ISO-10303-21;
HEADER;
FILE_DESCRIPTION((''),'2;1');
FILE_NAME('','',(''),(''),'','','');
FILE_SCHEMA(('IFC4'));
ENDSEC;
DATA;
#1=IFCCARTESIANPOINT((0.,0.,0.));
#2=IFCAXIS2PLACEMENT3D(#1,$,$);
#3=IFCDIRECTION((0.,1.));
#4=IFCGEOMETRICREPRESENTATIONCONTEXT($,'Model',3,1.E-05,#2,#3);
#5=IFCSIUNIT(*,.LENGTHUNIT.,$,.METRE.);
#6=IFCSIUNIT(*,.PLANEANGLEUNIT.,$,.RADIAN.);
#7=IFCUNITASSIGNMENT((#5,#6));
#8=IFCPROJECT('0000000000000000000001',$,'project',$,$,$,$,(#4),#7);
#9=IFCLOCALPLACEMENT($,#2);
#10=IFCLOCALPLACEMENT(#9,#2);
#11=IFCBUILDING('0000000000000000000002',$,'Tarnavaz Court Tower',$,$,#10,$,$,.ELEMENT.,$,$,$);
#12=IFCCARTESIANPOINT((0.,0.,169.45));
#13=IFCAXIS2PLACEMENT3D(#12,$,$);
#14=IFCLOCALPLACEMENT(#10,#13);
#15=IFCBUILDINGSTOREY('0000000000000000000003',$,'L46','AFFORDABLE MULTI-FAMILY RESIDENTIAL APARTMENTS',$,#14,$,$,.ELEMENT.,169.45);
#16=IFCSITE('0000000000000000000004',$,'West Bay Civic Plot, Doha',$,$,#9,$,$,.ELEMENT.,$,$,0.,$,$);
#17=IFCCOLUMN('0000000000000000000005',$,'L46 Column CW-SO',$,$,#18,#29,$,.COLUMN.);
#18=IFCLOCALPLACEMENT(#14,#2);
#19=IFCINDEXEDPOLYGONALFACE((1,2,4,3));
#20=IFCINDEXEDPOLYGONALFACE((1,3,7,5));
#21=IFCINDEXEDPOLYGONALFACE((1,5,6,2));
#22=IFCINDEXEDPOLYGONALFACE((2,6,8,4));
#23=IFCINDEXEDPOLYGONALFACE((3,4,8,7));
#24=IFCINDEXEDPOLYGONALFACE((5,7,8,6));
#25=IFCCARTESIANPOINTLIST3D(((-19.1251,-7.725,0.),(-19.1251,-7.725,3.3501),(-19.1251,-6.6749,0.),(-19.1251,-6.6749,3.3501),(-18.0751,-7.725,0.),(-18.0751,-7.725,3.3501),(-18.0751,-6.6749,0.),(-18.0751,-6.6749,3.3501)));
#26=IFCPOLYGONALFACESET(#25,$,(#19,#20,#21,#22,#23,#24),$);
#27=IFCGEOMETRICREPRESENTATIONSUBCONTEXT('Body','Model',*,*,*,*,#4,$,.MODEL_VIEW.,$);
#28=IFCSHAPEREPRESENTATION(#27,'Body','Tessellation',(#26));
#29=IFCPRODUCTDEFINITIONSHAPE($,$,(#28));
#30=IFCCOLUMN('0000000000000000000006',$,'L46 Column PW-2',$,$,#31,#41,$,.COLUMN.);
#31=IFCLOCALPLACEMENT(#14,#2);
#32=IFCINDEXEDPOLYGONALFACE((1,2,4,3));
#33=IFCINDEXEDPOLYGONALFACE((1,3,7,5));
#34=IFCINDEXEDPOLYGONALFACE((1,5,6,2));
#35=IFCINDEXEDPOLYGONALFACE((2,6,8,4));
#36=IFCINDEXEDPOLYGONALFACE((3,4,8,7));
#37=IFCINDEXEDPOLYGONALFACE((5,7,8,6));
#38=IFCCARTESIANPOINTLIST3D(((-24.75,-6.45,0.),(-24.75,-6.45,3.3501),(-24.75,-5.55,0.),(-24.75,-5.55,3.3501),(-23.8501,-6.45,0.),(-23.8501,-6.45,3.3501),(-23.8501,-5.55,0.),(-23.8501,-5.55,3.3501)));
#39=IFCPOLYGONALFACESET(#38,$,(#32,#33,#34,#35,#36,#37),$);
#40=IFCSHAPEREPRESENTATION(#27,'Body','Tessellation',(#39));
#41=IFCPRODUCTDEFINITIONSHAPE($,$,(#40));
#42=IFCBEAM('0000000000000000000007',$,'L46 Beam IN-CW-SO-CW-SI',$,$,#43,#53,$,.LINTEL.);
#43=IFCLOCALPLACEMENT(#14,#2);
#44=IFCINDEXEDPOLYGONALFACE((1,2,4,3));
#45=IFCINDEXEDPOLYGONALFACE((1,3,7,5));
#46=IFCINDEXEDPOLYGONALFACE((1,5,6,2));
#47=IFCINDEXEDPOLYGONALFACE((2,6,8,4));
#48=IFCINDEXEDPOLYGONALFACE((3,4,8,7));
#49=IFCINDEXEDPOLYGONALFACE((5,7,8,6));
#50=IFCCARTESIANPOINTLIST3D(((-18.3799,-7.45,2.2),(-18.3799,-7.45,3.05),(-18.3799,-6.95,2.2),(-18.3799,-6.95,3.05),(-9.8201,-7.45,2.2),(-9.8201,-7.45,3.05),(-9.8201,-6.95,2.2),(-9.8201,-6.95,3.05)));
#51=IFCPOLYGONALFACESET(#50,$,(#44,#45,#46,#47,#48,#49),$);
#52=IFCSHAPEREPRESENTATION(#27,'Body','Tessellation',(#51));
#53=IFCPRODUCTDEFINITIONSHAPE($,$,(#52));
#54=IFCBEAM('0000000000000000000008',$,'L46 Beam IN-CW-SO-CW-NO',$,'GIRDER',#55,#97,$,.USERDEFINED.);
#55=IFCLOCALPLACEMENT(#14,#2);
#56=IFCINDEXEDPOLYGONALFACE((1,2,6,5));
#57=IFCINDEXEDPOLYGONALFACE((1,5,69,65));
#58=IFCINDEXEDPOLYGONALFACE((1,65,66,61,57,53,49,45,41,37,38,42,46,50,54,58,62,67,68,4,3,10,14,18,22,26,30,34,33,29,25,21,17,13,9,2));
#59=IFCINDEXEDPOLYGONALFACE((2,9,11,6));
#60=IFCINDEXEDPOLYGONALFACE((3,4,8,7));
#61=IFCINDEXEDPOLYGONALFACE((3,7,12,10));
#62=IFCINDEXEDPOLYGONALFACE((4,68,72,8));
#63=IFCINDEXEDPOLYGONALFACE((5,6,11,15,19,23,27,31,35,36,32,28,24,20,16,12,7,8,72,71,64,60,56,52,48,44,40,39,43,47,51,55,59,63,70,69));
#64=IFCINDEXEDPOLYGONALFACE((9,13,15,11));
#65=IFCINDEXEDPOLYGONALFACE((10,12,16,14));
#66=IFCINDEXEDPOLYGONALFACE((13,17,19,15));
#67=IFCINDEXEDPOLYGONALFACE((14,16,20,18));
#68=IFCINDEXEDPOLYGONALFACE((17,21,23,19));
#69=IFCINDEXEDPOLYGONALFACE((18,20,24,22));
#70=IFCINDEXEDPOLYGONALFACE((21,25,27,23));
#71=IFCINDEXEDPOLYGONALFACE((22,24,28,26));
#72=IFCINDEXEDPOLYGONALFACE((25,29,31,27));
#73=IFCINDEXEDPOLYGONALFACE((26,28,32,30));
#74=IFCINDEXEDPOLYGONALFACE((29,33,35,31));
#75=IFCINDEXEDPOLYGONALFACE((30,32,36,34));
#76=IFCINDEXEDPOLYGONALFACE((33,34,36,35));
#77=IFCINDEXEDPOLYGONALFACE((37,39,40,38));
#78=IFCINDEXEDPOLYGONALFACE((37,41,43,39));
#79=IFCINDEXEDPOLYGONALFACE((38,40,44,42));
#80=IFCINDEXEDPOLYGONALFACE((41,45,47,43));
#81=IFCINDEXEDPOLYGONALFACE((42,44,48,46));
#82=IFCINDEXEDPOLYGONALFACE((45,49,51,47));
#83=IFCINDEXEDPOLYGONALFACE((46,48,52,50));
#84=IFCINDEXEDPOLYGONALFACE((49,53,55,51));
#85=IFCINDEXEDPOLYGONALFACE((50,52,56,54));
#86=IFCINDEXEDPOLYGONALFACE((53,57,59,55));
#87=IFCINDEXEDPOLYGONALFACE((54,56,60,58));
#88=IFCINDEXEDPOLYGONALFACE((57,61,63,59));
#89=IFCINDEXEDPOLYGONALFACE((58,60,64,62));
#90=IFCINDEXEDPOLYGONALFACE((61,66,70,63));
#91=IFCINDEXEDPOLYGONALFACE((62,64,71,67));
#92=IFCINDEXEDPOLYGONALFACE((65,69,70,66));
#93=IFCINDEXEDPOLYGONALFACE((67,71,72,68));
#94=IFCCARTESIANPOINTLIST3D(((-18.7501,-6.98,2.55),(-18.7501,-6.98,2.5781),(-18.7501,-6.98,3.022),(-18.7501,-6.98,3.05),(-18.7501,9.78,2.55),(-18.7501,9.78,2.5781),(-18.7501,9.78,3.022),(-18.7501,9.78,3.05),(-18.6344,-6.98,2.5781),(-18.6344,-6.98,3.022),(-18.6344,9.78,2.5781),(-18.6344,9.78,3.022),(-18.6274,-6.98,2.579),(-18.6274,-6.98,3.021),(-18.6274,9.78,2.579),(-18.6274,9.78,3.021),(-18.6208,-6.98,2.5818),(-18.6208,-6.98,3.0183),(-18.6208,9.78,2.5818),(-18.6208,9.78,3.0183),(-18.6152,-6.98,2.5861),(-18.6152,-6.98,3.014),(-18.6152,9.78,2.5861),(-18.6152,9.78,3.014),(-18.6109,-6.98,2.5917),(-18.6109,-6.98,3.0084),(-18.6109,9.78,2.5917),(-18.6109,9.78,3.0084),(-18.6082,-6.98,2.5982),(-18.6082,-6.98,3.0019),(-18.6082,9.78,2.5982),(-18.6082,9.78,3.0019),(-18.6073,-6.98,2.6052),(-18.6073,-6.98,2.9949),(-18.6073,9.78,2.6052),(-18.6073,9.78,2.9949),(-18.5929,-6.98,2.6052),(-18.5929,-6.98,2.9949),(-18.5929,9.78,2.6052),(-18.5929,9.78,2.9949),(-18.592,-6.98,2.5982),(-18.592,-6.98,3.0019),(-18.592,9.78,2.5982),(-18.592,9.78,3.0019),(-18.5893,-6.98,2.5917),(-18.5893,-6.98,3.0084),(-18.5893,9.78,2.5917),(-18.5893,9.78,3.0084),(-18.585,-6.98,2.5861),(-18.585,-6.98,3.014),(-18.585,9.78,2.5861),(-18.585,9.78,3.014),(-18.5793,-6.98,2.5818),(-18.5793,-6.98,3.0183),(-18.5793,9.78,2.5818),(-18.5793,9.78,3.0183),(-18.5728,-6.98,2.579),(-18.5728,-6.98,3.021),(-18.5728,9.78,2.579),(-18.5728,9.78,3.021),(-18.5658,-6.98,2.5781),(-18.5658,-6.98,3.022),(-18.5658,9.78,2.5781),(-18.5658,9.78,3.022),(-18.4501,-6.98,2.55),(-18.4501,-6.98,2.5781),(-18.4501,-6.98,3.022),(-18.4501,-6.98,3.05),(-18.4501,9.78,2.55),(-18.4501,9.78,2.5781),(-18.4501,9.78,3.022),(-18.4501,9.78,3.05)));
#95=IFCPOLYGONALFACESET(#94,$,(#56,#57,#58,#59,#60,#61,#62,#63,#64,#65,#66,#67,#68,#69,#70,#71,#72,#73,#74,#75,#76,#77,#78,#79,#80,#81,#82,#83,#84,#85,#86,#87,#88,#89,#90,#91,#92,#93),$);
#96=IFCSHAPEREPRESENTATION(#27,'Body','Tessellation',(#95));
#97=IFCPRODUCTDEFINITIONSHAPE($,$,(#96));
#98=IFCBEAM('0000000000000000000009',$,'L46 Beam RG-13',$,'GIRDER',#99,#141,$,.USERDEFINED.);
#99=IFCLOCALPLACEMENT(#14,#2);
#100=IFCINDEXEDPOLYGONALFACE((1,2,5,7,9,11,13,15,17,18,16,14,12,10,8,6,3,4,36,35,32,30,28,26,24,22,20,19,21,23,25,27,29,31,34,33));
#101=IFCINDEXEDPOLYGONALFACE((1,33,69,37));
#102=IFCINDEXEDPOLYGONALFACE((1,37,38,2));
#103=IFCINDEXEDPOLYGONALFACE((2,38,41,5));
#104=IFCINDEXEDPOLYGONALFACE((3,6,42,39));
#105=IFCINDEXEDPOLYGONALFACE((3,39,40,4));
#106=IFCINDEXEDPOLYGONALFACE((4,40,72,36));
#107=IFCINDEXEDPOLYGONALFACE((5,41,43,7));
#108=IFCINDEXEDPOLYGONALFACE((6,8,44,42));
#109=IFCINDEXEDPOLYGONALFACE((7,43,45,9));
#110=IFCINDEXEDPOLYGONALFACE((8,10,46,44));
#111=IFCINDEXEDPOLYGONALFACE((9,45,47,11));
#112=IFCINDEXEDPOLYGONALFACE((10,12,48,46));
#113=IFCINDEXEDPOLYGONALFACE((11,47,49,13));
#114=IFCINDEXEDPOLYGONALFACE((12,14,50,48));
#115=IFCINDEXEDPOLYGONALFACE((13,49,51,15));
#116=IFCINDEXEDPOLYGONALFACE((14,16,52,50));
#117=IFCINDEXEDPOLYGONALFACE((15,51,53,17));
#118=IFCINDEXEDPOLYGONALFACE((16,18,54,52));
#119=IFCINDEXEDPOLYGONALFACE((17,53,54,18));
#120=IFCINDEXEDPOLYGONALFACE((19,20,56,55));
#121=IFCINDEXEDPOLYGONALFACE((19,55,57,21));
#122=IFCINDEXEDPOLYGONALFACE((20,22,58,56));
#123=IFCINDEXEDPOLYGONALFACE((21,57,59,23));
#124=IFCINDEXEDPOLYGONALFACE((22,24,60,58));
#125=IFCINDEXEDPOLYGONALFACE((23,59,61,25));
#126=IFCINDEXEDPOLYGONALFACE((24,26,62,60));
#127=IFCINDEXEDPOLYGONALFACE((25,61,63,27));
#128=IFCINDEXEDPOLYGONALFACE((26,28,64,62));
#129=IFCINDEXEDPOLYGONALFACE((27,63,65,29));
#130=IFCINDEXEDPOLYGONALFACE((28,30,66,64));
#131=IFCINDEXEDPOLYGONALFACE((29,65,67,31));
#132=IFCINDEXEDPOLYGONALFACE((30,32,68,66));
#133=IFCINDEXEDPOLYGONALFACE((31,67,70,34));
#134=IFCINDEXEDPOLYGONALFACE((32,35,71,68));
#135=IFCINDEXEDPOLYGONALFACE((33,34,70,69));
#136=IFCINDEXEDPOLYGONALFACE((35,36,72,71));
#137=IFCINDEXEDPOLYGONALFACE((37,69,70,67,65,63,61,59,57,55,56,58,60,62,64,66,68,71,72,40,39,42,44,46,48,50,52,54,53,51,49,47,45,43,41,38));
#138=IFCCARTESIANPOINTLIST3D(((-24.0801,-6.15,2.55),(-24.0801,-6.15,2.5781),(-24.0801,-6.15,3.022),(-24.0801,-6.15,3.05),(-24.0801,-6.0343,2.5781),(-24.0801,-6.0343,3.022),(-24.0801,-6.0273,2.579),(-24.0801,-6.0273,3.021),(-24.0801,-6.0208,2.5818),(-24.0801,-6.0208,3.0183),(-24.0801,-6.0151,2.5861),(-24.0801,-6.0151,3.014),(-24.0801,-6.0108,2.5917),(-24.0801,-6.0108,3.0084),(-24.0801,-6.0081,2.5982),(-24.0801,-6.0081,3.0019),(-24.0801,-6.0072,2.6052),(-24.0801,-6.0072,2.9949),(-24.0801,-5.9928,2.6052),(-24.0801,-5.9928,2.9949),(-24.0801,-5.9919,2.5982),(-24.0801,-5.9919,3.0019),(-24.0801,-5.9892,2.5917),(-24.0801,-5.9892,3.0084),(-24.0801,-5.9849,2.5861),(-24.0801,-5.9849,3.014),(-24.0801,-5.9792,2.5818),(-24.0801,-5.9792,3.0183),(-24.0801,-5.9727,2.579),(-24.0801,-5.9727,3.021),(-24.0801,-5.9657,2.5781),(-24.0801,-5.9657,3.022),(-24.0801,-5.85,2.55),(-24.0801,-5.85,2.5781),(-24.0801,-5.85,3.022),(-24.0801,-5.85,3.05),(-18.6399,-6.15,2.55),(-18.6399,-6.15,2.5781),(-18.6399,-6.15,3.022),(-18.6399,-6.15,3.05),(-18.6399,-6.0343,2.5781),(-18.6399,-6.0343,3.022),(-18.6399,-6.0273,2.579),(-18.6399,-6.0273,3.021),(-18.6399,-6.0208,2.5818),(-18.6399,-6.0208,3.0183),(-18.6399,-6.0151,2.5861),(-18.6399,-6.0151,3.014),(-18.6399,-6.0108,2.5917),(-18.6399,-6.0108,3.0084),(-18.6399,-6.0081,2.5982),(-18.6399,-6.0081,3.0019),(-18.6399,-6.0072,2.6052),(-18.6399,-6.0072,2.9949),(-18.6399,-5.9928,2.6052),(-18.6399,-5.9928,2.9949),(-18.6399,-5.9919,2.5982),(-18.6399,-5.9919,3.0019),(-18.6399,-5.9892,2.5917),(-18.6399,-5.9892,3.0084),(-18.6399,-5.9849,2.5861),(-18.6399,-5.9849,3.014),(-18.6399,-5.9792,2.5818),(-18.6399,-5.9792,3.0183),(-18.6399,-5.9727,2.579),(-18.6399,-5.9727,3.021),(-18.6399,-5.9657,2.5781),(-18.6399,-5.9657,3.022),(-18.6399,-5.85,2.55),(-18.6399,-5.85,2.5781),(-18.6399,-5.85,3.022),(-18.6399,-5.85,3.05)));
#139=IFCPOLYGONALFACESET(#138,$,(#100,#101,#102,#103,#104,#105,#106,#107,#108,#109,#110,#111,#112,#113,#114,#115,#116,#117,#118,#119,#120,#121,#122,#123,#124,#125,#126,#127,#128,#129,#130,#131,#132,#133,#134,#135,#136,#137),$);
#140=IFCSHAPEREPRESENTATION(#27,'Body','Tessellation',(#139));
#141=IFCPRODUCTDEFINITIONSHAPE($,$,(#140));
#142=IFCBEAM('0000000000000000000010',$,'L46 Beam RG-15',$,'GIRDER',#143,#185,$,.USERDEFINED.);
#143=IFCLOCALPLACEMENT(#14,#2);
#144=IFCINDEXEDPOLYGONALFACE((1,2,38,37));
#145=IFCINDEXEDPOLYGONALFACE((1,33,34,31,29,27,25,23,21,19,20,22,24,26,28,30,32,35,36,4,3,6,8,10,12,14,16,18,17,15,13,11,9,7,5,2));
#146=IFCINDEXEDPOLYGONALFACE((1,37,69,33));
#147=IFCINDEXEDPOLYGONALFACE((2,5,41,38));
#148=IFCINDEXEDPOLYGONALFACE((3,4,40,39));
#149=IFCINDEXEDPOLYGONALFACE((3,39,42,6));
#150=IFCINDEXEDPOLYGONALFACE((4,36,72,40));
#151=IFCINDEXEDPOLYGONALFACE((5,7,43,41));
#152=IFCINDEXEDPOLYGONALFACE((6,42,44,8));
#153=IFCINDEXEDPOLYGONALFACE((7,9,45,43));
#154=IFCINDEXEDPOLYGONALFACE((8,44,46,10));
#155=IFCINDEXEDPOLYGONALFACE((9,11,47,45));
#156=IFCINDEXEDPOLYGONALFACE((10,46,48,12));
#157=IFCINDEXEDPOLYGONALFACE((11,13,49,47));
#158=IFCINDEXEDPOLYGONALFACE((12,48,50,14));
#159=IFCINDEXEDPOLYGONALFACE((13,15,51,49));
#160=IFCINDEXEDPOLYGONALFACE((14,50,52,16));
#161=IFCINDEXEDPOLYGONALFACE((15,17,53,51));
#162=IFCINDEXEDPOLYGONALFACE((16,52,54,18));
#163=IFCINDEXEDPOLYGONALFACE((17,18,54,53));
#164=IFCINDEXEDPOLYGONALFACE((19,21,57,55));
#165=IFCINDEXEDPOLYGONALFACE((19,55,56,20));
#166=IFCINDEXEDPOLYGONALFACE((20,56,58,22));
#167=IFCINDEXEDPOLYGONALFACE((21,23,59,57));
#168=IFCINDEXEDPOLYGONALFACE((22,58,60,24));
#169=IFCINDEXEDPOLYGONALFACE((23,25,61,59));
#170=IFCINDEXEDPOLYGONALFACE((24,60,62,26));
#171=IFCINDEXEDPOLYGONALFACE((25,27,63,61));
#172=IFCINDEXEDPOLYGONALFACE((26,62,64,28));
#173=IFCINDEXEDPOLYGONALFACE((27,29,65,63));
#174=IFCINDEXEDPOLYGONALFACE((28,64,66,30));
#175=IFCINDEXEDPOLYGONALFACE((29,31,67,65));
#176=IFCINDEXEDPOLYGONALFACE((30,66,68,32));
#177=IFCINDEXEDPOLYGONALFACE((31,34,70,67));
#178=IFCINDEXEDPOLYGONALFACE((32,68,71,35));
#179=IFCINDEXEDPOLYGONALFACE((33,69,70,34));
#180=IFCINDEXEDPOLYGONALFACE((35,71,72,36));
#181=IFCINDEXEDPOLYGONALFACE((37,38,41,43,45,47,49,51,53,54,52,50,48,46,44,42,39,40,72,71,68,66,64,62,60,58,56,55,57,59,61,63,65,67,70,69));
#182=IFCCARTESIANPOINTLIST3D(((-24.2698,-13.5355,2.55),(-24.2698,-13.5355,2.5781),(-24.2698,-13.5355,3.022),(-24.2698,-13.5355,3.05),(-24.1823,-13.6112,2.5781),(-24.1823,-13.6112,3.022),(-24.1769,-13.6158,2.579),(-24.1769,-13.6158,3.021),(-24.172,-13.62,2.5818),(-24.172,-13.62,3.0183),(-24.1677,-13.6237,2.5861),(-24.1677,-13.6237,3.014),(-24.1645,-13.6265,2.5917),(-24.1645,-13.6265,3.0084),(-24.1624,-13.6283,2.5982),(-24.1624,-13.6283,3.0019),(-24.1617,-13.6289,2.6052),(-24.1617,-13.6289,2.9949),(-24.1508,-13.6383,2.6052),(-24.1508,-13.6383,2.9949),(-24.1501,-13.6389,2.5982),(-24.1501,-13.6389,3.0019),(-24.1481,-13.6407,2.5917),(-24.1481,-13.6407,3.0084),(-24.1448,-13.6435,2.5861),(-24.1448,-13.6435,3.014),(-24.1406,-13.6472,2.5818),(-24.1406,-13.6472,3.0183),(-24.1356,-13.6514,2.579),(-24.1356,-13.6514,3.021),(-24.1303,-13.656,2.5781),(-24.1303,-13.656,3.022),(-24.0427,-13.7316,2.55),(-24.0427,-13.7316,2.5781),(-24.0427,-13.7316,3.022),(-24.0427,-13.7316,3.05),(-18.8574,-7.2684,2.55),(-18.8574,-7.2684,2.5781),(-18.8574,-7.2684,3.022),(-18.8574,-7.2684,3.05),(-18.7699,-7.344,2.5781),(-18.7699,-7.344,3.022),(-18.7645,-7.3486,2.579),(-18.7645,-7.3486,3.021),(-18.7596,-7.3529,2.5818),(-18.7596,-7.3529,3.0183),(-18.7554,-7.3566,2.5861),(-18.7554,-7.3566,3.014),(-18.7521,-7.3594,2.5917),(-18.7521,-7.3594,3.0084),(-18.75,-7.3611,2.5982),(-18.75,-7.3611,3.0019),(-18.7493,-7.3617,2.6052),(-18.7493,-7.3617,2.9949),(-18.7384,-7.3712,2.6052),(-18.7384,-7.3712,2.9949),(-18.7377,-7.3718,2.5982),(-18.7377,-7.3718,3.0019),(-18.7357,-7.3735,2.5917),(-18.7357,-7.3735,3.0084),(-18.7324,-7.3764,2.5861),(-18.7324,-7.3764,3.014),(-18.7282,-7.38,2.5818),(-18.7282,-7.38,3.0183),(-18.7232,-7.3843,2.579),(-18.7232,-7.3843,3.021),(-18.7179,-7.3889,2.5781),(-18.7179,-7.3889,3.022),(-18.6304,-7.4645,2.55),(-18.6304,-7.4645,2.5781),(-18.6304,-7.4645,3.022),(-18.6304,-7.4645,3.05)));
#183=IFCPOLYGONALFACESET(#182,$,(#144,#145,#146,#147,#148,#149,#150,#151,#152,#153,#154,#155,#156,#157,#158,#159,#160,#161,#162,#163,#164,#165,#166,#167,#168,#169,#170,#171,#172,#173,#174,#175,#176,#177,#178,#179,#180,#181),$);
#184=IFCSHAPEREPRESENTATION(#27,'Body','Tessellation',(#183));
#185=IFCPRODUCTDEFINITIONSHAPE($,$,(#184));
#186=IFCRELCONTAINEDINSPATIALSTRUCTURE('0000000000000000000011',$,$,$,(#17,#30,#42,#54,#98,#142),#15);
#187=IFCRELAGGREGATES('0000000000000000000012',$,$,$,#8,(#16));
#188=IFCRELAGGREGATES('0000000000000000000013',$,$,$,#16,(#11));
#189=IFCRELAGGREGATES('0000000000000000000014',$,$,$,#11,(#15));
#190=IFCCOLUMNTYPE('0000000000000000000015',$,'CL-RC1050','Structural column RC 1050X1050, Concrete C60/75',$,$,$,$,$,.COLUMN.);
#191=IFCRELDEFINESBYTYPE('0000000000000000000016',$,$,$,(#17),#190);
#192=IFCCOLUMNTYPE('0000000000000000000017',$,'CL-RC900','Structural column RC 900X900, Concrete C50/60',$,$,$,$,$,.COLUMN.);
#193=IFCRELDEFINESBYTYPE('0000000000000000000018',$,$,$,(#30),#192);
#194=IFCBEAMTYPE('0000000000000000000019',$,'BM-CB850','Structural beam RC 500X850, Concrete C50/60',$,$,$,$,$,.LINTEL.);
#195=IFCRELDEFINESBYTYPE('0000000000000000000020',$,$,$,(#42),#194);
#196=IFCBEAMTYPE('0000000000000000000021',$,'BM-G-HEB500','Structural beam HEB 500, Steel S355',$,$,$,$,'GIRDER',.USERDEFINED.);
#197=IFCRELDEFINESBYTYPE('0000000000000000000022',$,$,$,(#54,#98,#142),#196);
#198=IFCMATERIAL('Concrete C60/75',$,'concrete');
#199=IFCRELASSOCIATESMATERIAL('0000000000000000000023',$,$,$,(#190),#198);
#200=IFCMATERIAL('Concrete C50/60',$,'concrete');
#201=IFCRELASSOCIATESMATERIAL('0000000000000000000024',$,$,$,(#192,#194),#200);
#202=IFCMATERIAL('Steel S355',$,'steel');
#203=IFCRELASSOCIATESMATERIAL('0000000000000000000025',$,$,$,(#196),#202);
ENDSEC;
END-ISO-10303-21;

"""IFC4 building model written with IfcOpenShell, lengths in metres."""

from ifc_helpers import new_model, si_unit, direction, frame, origin, origin_2d, place, context, subcontext, project, spatial, rectangle, i_section, extrude, material, material_profile, profile_set, type_object, element, save


model = new_model("IFC4")

# Units and contexts
model_context = context("Model", 3, precision=1e-05, world=origin(), true_north=direction((0.0, 1.0)))
body_context = subcontext(model_context, "Body", "Model", "MODEL_VIEW")
ifc_project = project(units=[si_unit("LENGTHUNIT", "METRE"), si_unit("PLANEANGLEUNIT", "RADIAN")], contexts=[model_context])

# Site, building, storey
site_placement = place(None, origin())
site = spatial("IfcSite", under=ifc_project, at=site_placement, Name="West Bay Civic Plot, Doha", CompositionType="ELEMENT", RefElevation=0.0)
building_placement = place(site_placement, origin())
building = spatial("IfcBuilding", under=site, at=building_placement, Name="Tarnavaz Court Tower", CompositionType="ELEMENT")
storey_placement = place(building_placement, frame((0.0, 0.0, 169.45)))
storey = spatial("IfcBuildingStorey", under=building, at=storey_placement, Name="L46", Description="AFFORDABLE MULTI-FAMILY RESIDENTIAL APARTMENTS", CompositionType="ELEMENT", Elevation=169.45)

# Columns
ifc_material_1 = material(Name="Concrete C60/75", Category="concrete")
ifc_material_profile_1 = material_profile(ifc_material_1, rectangle(XDim=1.05, YDim=1.05, at=origin_2d()), Name="RC 1050X1050")
ifc_profile_set_1 = profile_set([ifc_material_profile_1], Name="Concrete C60/75")
column_type_1 = type_object("IfcColumnType", Name="CL-RC1050", Description="Structural column RC 1050X1050, Concrete C60/75", PredefinedType="COLUMN", material=ifc_profile_set_1)
column_1_placement = place(storey_placement, frame((-18.6001, -7.2, 0.0), z_axis=(0.0, 0.0, 1.0), x_axis=(1.0, 0.0, 0.0)))
element("IfcColumn", 1, at=column_1_placement, inside=storey, type_object=column_type_1, Name="L46 Column CW-SO", PredefinedType="COLUMN", context=body_context, shape_type="SweptSolid", body=[
    extrude(rectangle(XDim=1.05, YDim=1.05, at=origin_2d()), origin(), (0.0, 0.0, 1.0), 3.3501),
])
ifc_material_2 = material(Name="Concrete C50/60", Category="concrete")
ifc_material_profile_2 = material_profile(ifc_material_2, rectangle(XDim=0.8999, YDim=0.8999, at=origin_2d()), Name="RC 900X900")
ifc_profile_set_2 = profile_set([ifc_material_profile_2], Name="Concrete C50/60")
column_type_2 = type_object("IfcColumnType", Name="CL-RC900", Description="Structural column RC 900X900, Concrete C50/60", PredefinedType="COLUMN", material=ifc_profile_set_2)
column_2_placement = place(storey_placement, frame((-24.3, -6.0, 0.0), z_axis=(0.0, 0.0, 1.0), x_axis=(1.0, 0.0, 0.0)))
element("IfcColumn", 2, at=column_2_placement, inside=storey, type_object=column_type_2, Name="L46 Column PW-2", PredefinedType="COLUMN", context=body_context, shape_type="SweptSolid", body=[
    extrude(rectangle(XDim=0.8999, YDim=0.8999, at=origin_2d()), origin(), (0.0, 0.0, 1.0), 3.3501),
])

# Beams
ifc_material_profile_3 = material_profile(ifc_material_2, rectangle(XDim=0.5, YDim=0.8501, at=origin_2d()), Name="RC 500X850")
ifc_profile_set_3 = profile_set([ifc_material_profile_3], Name="Concrete C50/60")
beam_type_1 = type_object("IfcBeamType", Name="BM-CB850", Description="Structural beam RC 500X850, Concrete C50/60", PredefinedType="LINTEL", material=ifc_profile_set_3)
beam_1_placement = place(storey_placement, frame((-18.3799, -7.2, 2.625), z_axis=(1.0, 0.0, 0.0), x_axis=(0.0, 1.0, 0.0)))
element("IfcBeam", 3, at=beam_1_placement, inside=storey, type_object=beam_type_1, Name="L46 Beam IN-CW-SO-CW-SI", PredefinedType="LINTEL", context=body_context, shape_type="SweptSolid", body=[
    extrude(rectangle(XDim=0.5, YDim=0.8501, at=origin_2d()), origin(), (0.0, 0.0, 1.0), 8.5598),
])
ifc_material_3 = material(Name="Steel S355", Category="steel")
ifc_material_profile_4 = material_profile(ifc_material_3, i_section(OverallWidth=0.3, OverallDepth=0.5, WebThickness=0.0144, FlangeThickness=0.0281, FilletRadius=0.0271, at=origin_2d()), Name="HEB 500")
ifc_profile_set_4 = profile_set([ifc_material_profile_4], Name="Steel S355")
beam_type_2 = type_object("IfcBeamType", Name="BM-G-HEB500", Description="Structural beam HEB 500, Steel S355", ElementType="GIRDER", PredefinedType="USERDEFINED", material=ifc_profile_set_4)
beam_2_placement = place(storey_placement, frame((-18.6001, -6.98, 2.8), z_axis=(0.0, 1.0, 0.0), x_axis=(-1.0, 0.0, 0.0)))
element("IfcBeam", 4, at=beam_2_placement, inside=storey, type_object=beam_type_2, Name="L46 Beam IN-CW-SO-CW-NO", ObjectType="GIRDER", PredefinedType="USERDEFINED", context=body_context, shape_type="SweptSolid", body=[
    extrude(i_section(OverallWidth=0.3, OverallDepth=0.5, WebThickness=0.0144, FlangeThickness=0.0281, FilletRadius=0.0271, at=origin_2d()), origin(), (0.0, 0.0, 1.0), 16.76),
])
beam_3_placement = place(storey_placement, frame((-18.6399, -6.0, 2.8), z_axis=(-1.0, 0.0, 0.0), x_axis=(0.0, -1.0, 0.0)))
element("IfcBeam", 5, at=beam_3_placement, inside=storey, type_object=beam_type_2, Name="L46 Beam RG-13", ObjectType="GIRDER", PredefinedType="USERDEFINED", context=body_context, shape_type="SweptSolid", body=[
    extrude(i_section(OverallWidth=0.3, OverallDepth=0.5, WebThickness=0.0144, FlangeThickness=0.0281, FilletRadius=0.0271, at=origin_2d()), origin(), (0.0, 0.0, 1.0), 5.4402),
])
beam_4_placement = place(storey_placement, frame((-18.7439, -7.3665, 2.8), z_axis=(-0.653611, -0.756831, 0.0), x_axis=(0.756831, -0.653611, 0.0)))
element("IfcBeam", 6, at=beam_4_placement, inside=storey, type_object=beam_type_2, Name="L46 Beam RG-15", ObjectType="GIRDER", PredefinedType="USERDEFINED", context=body_context, shape_type="SweptSolid", body=[
    extrude(i_section(OverallWidth=0.3, OverallDepth=0.5, WebThickness=0.0144, FlangeThickness=0.0281, FilletRadius=0.0271, at=origin_2d()), origin(), (0.0, 0.0, 1.0), 8.2808),
])

save(model, "model.ifc")
